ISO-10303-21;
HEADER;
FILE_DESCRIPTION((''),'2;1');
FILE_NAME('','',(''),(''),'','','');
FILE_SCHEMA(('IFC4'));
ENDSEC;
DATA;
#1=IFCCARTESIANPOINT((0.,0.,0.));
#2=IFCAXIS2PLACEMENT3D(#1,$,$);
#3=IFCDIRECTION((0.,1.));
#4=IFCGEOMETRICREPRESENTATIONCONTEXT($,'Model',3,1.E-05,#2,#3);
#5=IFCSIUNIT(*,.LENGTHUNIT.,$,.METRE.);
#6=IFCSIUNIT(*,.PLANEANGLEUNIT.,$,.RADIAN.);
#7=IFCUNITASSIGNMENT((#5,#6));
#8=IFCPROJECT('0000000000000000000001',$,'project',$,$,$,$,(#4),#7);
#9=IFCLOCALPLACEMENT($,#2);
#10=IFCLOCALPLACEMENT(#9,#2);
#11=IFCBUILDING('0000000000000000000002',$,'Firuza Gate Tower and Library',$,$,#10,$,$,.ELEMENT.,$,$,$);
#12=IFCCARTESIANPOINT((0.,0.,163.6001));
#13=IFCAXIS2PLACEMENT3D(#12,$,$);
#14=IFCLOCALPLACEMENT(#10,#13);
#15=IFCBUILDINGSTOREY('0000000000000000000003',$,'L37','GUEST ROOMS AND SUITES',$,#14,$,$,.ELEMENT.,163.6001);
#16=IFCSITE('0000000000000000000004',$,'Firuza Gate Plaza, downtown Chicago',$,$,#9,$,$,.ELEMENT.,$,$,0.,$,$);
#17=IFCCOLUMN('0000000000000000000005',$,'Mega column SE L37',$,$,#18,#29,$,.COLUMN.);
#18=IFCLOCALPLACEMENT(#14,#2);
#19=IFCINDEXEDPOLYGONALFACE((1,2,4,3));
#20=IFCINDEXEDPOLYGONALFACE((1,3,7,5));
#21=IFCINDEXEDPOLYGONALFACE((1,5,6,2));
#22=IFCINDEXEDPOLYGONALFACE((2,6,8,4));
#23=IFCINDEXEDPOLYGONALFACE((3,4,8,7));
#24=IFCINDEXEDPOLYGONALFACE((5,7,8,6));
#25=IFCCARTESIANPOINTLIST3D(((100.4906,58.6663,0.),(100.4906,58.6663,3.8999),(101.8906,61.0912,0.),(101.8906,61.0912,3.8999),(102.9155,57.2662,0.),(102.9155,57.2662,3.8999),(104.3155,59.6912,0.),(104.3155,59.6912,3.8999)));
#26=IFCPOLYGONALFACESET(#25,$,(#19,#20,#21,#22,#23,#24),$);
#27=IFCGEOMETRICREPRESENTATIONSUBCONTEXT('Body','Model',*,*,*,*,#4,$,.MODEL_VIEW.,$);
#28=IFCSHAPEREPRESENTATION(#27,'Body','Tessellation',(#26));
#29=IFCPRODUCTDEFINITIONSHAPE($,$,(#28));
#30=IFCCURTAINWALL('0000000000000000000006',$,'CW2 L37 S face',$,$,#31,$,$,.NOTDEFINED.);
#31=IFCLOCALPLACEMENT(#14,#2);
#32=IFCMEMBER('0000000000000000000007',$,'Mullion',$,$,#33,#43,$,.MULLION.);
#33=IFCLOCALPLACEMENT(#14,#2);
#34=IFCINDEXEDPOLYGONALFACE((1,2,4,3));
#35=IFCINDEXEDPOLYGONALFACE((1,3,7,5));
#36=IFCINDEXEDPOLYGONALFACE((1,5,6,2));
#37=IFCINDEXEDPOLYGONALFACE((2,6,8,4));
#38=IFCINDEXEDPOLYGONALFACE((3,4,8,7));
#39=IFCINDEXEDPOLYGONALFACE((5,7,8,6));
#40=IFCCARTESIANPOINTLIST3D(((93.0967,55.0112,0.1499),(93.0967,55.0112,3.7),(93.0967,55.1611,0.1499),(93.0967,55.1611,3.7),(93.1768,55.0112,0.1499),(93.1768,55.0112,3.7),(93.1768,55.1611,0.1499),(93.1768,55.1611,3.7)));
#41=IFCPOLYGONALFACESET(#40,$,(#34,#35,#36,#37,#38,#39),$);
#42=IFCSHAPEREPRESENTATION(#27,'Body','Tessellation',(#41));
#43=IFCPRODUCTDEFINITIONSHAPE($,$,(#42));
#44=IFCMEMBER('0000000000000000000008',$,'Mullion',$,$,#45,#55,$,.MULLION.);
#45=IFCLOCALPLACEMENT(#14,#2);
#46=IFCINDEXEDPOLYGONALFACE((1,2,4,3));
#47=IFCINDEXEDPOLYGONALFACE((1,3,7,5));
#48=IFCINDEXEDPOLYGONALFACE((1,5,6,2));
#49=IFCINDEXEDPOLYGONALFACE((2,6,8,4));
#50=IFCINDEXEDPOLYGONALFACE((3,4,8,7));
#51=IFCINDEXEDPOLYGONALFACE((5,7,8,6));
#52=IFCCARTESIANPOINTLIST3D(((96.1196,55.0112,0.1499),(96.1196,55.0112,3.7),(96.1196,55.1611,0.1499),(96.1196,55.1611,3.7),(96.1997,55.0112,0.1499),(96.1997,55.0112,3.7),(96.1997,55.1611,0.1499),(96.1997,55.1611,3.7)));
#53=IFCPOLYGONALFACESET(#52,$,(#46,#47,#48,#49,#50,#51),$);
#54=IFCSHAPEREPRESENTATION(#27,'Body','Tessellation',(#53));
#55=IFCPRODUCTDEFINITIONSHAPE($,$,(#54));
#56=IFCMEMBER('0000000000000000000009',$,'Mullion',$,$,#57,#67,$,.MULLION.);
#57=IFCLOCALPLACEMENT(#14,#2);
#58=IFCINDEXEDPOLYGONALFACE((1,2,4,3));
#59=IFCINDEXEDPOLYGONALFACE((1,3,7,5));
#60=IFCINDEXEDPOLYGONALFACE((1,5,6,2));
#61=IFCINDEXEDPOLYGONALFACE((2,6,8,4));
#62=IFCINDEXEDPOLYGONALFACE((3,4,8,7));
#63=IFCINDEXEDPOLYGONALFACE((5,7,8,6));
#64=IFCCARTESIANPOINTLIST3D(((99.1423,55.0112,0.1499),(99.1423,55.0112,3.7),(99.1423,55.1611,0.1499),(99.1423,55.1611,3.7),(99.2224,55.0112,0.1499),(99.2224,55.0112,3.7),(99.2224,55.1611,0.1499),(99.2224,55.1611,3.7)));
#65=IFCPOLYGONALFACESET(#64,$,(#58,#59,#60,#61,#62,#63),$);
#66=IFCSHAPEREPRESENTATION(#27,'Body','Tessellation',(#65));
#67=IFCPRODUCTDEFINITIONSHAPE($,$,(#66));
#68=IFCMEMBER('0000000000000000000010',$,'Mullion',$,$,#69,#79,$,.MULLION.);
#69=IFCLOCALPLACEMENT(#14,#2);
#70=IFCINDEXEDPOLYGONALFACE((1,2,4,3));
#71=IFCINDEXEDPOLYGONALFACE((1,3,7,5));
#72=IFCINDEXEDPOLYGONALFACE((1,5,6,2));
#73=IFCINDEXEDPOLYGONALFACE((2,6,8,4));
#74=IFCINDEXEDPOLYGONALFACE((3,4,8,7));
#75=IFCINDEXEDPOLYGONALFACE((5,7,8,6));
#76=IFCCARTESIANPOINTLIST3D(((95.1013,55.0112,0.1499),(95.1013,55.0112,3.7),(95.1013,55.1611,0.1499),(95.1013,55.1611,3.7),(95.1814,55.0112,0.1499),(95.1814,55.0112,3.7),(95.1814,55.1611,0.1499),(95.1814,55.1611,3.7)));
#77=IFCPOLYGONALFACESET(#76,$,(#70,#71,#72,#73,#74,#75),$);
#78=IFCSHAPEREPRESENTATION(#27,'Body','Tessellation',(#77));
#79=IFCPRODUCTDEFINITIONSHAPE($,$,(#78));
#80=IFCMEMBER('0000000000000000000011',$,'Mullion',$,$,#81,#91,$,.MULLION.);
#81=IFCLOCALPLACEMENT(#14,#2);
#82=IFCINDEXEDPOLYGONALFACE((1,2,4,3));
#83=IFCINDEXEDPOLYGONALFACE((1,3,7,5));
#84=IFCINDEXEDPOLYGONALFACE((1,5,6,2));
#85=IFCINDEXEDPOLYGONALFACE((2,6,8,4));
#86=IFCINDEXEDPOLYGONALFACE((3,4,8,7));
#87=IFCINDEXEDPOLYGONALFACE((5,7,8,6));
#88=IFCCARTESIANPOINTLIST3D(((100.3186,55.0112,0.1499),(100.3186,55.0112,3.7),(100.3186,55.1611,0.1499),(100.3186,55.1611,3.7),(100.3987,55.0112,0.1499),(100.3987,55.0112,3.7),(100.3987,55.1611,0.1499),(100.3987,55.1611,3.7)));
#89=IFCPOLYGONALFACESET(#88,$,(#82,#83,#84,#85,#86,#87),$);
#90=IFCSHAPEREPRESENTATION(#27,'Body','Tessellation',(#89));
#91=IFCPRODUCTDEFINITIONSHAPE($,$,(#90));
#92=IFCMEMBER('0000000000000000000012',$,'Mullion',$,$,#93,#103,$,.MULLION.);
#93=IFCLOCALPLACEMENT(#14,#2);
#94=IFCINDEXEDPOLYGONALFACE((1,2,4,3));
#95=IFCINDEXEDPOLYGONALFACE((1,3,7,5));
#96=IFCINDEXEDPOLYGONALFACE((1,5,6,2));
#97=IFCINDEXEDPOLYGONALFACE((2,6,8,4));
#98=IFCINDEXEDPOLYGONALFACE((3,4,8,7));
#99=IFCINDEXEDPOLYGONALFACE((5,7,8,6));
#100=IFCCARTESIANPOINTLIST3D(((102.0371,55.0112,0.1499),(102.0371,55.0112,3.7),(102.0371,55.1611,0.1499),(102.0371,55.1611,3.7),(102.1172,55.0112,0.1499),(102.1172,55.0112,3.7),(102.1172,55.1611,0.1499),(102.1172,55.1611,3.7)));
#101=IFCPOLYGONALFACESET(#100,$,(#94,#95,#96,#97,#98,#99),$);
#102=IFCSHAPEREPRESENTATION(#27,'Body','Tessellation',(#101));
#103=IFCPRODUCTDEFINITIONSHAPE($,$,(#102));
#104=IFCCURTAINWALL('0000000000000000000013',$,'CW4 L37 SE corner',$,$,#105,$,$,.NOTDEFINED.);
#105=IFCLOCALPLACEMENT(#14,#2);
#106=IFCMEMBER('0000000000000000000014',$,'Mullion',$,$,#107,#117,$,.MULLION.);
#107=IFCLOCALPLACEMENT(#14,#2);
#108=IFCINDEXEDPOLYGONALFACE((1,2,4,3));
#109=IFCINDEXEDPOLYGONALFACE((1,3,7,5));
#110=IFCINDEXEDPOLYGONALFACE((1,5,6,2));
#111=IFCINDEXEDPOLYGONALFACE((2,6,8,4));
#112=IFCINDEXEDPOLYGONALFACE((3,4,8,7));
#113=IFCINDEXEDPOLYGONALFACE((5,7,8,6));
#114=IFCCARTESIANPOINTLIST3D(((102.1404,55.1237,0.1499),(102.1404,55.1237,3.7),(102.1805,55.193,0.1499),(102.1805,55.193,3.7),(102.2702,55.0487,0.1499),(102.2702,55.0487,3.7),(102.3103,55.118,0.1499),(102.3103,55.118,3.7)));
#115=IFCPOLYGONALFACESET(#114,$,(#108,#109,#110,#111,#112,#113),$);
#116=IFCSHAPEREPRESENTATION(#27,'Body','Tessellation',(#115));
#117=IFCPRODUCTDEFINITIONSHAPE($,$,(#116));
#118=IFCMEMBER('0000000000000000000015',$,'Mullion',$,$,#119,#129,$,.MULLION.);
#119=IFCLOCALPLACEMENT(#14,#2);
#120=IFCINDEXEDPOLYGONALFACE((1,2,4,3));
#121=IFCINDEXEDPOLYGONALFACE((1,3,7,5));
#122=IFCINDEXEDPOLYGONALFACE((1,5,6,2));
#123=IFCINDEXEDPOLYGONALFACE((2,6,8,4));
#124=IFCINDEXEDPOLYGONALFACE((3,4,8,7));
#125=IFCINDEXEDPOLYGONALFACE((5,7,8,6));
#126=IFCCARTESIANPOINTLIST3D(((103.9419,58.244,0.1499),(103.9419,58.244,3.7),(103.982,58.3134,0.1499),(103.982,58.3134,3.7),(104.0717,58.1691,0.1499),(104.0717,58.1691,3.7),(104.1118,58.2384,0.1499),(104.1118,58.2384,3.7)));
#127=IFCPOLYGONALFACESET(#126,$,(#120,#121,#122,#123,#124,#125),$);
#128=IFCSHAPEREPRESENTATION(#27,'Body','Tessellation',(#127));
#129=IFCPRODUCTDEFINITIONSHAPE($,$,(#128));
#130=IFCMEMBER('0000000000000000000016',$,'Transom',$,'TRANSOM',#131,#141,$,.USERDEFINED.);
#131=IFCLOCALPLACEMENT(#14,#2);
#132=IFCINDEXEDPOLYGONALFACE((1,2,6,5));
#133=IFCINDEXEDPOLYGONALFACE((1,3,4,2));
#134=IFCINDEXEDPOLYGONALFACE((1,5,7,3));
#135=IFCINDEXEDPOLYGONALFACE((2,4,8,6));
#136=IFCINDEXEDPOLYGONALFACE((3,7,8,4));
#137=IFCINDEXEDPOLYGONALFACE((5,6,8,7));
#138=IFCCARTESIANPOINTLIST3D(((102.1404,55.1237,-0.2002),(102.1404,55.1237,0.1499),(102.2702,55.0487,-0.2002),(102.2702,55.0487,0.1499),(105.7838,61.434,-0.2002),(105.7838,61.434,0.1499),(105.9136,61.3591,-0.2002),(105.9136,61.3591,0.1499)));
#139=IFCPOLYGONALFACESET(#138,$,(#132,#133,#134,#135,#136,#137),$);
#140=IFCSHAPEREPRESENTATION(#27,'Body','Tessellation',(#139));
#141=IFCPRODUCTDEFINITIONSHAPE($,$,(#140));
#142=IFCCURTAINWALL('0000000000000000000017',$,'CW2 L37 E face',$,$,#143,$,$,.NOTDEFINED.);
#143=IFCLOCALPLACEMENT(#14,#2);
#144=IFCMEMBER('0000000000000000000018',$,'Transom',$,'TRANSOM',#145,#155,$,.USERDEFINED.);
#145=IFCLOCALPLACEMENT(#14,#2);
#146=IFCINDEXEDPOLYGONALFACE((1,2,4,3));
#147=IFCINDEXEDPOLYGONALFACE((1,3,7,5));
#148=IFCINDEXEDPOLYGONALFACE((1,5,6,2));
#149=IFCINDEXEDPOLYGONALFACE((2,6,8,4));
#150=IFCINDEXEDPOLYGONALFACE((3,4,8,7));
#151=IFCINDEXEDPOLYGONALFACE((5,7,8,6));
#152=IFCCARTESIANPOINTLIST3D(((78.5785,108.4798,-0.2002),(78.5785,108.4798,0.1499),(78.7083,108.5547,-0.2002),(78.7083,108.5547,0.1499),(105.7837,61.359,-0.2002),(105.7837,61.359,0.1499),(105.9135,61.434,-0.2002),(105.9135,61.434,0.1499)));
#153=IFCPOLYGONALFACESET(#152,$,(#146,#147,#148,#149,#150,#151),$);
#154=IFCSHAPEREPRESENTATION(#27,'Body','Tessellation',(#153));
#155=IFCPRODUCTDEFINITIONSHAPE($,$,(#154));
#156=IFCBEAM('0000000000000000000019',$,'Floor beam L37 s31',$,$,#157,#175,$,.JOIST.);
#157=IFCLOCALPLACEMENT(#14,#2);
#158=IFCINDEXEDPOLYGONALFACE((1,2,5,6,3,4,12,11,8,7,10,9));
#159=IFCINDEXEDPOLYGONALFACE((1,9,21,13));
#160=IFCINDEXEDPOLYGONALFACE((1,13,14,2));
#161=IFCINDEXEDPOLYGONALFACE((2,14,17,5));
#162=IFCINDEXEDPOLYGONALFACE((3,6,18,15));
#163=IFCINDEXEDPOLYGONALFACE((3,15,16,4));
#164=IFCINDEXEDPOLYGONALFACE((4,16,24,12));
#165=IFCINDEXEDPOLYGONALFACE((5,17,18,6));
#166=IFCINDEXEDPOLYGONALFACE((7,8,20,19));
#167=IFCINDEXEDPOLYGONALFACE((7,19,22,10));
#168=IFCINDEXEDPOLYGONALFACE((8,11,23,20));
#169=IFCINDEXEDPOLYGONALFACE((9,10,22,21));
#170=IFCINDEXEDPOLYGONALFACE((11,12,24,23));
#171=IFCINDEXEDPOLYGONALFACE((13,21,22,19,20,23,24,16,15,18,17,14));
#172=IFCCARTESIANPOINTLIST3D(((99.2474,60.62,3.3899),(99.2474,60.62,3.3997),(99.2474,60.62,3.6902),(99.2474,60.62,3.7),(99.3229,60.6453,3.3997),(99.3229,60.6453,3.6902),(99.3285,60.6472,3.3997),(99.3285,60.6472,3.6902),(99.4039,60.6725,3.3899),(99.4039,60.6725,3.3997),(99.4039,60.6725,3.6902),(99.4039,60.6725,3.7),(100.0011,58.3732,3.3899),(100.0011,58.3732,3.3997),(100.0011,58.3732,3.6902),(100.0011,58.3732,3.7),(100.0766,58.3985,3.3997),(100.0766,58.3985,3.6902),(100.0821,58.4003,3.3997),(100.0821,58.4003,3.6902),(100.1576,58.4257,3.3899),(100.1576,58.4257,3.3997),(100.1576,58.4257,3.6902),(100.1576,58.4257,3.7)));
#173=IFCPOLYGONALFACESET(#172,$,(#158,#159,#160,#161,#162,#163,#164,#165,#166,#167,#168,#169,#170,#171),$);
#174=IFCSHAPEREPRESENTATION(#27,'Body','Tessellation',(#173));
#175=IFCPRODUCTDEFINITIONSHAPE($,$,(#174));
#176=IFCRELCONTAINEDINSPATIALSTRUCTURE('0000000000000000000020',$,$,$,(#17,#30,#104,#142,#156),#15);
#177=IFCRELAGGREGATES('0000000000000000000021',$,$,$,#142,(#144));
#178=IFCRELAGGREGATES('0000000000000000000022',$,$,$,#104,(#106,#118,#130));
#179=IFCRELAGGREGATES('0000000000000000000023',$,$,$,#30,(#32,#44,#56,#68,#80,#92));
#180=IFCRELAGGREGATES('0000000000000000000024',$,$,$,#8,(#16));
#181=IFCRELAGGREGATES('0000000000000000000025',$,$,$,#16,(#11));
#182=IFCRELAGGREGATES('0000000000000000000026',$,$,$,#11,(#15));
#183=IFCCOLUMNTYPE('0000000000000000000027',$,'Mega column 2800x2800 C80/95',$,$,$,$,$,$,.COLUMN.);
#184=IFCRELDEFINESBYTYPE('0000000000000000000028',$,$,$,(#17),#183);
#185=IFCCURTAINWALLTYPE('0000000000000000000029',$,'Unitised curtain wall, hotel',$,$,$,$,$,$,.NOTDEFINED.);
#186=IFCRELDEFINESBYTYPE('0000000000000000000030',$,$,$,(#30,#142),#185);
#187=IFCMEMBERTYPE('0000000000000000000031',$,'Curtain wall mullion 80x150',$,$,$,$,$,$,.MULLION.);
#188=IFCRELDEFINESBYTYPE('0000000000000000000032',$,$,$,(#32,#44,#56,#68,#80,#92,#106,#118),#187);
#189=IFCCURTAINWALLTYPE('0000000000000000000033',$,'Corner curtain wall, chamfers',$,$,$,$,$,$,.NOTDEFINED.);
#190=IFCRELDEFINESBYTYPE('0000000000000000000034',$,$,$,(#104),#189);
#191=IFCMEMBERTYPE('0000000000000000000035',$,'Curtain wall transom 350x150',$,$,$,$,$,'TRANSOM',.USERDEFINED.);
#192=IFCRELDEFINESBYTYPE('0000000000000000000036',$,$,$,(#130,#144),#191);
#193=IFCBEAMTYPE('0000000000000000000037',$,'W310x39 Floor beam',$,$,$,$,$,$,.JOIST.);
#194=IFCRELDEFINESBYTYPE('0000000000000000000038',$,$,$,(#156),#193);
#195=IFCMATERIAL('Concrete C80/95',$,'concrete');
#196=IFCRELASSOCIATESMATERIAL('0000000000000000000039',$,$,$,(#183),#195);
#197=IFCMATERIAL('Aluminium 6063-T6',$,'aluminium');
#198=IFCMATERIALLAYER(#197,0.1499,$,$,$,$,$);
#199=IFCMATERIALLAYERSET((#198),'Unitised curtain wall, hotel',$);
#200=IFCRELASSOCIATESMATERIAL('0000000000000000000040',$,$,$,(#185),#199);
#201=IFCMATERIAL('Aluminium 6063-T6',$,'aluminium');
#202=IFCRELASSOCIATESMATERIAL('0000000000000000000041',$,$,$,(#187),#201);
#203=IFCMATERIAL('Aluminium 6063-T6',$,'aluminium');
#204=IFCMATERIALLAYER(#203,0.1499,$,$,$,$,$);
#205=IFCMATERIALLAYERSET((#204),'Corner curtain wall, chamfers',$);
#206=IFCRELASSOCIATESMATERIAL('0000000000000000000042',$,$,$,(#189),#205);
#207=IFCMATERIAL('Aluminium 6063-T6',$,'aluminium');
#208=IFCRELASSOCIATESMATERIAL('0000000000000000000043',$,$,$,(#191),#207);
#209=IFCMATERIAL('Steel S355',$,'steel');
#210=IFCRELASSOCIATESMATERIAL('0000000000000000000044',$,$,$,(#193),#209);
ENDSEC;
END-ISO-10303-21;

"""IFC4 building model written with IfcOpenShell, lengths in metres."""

from ifc_helpers import new_model, si_unit, direction, frame, origin, origin_2d, place, context, subcontext, project, spatial, rectangle, i_section, extrude, material, layer, layer_set, material_profile, profile_set, type_object, element, aggregate, save


model = new_model("IFC4")

# Units and contexts
model_context = context("Model", 3, precision=1e-05, world=origin(), true_north=direction((0.0, 1.0)))
body_context = subcontext(model_context, "Body", "Model", "MODEL_VIEW")
ifc_project = project(units=[si_unit("LENGTHUNIT", "METRE"), si_unit("PLANEANGLEUNIT", "RADIAN")], contexts=[model_context])

# Site, building, storey
site_placement = place(None, origin())
site = spatial("IfcSite", under=ifc_project, at=site_placement, Name="Firuza Gate Plaza, downtown Chicago", CompositionType="ELEMENT", RefElevation=0.0)
building_placement = place(site_placement, origin())
building = spatial("IfcBuilding", under=site, at=building_placement, Name="Firuza Gate Tower and Library", CompositionType="ELEMENT")
storey_placement = place(building_placement, frame((0.0, 0.0, 163.6001)))
storey = spatial("IfcBuildingStorey", under=building, at=storey_placement, Name="L37", Description="GUEST ROOMS AND SUITES", CompositionType="ELEMENT", Elevation=163.6001)

# Column
ifc_material_1 = material(Name="Concrete C80/95", Category="concrete")
ifc_material_profile_1 = material_profile(ifc_material_1, rectangle(XDim=2.8, YDim=2.8, at=origin_2d()))
ifc_profile_set_1 = profile_set([ifc_material_profile_1], Name="Concrete C80/95")
column_type = type_object("IfcColumnType", Name="Mega column 2800x2800 C80/95", PredefinedType="COLUMN", material=ifc_profile_set_1)
column_placement = place(storey_placement, frame((102.4031, 59.1787, 0.0), z_axis=(0.0, 0.0, 1.0), x_axis=(0.5, 0.866025, 0.0)))
element("IfcColumn", 1, at=column_placement, inside=storey, type_object=column_type, Name="Mega column SE L37", PredefinedType="COLUMN", context=body_context, shape_type="SweptSolid", body=[
    extrude(rectangle(XDim=2.8, YDim=2.8, at=origin_2d()), origin(), (0.0, 0.0, 1.0), 3.8999),
])

# Curtain walls, members
ifc_material_2 = material(Name="Aluminium 6063-T6", Category="aluminium")
ifc_layer_1 = layer(ifc_material_2, 0.1499)
ifc_layer_set_1 = layer_set([ifc_layer_1], Name="Unitised curtain wall, hotel")
curtain_wall_type_1 = type_object("IfcCurtainWallType", Name="Unitised curtain wall, hotel", PredefinedType="NOTDEFINED", material=ifc_layer_set_1)
placement = place(storey_placement, origin())
curtain_wall_1 = element("IfcCurtainWall", 2, at=placement, inside=storey, type_object=curtain_wall_type_1, Name="CW2 L37 S face", PredefinedType="NOTDEFINED")
ifc_material_3 = material(Name="Aluminium 6063-T6", Category="aluminium")
ifc_material_profile_2 = material_profile(ifc_material_3, rectangle(XDim=0.1499, YDim=0.0801, at=origin_2d()))
ifc_profile_set_2 = profile_set([ifc_material_profile_2], Name="Aluminium 6063-T6")
member_type_1 = type_object("IfcMemberType", Name="Curtain wall mullion 80x150", PredefinedType="MULLION", material=ifc_profile_set_2)
member_1_placement = place(storey_placement, frame((93.1367, 55.0862, 0.1499), z_axis=(0.0, 0.0, 1.0), x_axis=(0.0, 1.0, 0.0)))
member_1 = element("IfcMember", 3, at=member_1_placement, type_object=member_type_1, Name="Mullion", PredefinedType="MULLION", context=body_context, shape_type="SweptSolid", body=[
    extrude(rectangle(XDim=0.1499, YDim=0.0801, at=origin_2d()), origin(), (0.0, 0.0, 1.0), 3.55),
])
member_2_placement = place(storey_placement, frame((96.1597, 55.0862, 0.1499), z_axis=(0.0, 0.0, 1.0), x_axis=(0.0, 1.0, 0.0)))
member_2 = element("IfcMember", 4, at=member_2_placement, type_object=member_type_1, Name="Mullion", PredefinedType="MULLION", context=body_context, shape_type="SweptSolid", body=[
    extrude(rectangle(XDim=0.1499, YDim=0.0801, at=origin_2d()), origin(), (0.0, 0.0, 1.0), 3.55),
])
member_3_placement = place(storey_placement, frame((99.1824, 55.0862, 0.1499), z_axis=(0.0, 0.0, 1.0), x_axis=(0.0, 1.0, 0.0)))
member_3 = element("IfcMember", 5, at=member_3_placement, type_object=member_type_1, Name="Mullion", PredefinedType="MULLION", context=body_context, shape_type="SweptSolid", body=[
    extrude(rectangle(XDim=0.1499, YDim=0.0801, at=origin_2d()), origin(), (0.0, 0.0, 1.0), 3.55),
])
member_4_placement = place(storey_placement, frame((95.1414, 55.0862, 0.1499), z_axis=(0.0, 0.0, 1.0), x_axis=(0.0, 1.0, 0.0)))
member_4 = element("IfcMember", 6, at=member_4_placement, type_object=member_type_1, Name="Mullion", PredefinedType="MULLION", context=body_context, shape_type="SweptSolid", body=[
    extrude(rectangle(XDim=0.1499, YDim=0.0801, at=origin_2d()), origin(), (0.0, 0.0, 1.0), 3.55),
])
member_5_placement = place(storey_placement, frame((100.3586, 55.0862, 0.1499), z_axis=(0.0, 0.0, 1.0), x_axis=(0.0, 1.0, 0.0)))
member_5 = element("IfcMember", 7, at=member_5_placement, type_object=member_type_1, Name="Mullion", PredefinedType="MULLION", context=body_context, shape_type="SweptSolid", body=[
    extrude(rectangle(XDim=0.1499, YDim=0.0801, at=origin_2d()), origin(), (0.0, 0.0, 1.0), 3.55),
])
member_6_placement = place(storey_placement, frame((102.0771, 55.0862, 0.1499), z_axis=(0.0, 0.0, 1.0), x_axis=(0.0, 1.0, 0.0)))
member_6 = element("IfcMember", 8, at=member_6_placement, type_object=member_type_1, Name="Mullion", PredefinedType="MULLION", context=body_context, shape_type="SweptSolid", body=[
    extrude(rectangle(XDim=0.1499, YDim=0.0801, at=origin_2d()), origin(), (0.0, 0.0, 1.0), 3.55),
])
ifc_material_4 = material(Name="Aluminium 6063-T6", Category="aluminium")
ifc_layer_2 = layer(ifc_material_4, 0.1499)
ifc_layer_set_2 = layer_set([ifc_layer_2], Name="Corner curtain wall, chamfers")
curtain_wall_type_2 = type_object("IfcCurtainWallType", Name="Corner curtain wall, chamfers", PredefinedType="NOTDEFINED", material=ifc_layer_set_2)
curtain_wall_2 = element("IfcCurtainWall", 9, at=placement, inside=storey, type_object=curtain_wall_type_2, Name="CW4 L37 SE corner", PredefinedType="NOTDEFINED")
member_7_placement = place(storey_placement, frame((102.2253, 55.1208, 0.1499), z_axis=(0.0, 0.0, 1.0), x_axis=(-0.866025, 0.5, 0.0)))
member_7 = element("IfcMember", 10, at=member_7_placement, type_object=member_type_1, Name="Mullion", PredefinedType="MULLION", context=body_context, shape_type="SweptSolid", body=[
    extrude(rectangle(XDim=0.1499, YDim=0.0801, at=origin_2d()), origin(), (0.0, 0.0, 1.0), 3.55),
])
member_8_placement = place(storey_placement, frame((104.0269, 58.2412, 0.1499), z_axis=(0.0, 0.0, 1.0), x_axis=(-0.866025, 0.5, 0.0)))
member_8 = element("IfcMember", 11, at=member_8_placement, type_object=member_type_1, Name="Mullion", PredefinedType="MULLION", context=body_context, shape_type="SweptSolid", body=[
    extrude(rectangle(XDim=0.1499, YDim=0.0801, at=origin_2d()), origin(), (0.0, 0.0, 1.0), 3.55),
])
ifc_material_5 = material(Name="Aluminium 6063-T6", Category="aluminium")
ifc_material_profile_3 = material_profile(ifc_material_5, rectangle(XDim=0.1499, YDim=0.3501, at=origin_2d()))
ifc_profile_set_3 = profile_set([ifc_material_profile_3], Name="Aluminium 6063-T6")
member_type_2 = type_object("IfcMemberType", Name="Curtain wall transom 350x150", ElementType="TRANSOM", PredefinedType="USERDEFINED", material=ifc_profile_set_3)
member_9_placement = place(storey_placement, frame((102.2053, 55.0862, -0.0251), z_axis=(0.500006, 0.866022, 0.0), x_axis=(-0.866022, 0.500006, 0.0)))
member_9 = element("IfcMember", 12, at=member_9_placement, type_object=member_type_2, Name="Transom", ObjectType="TRANSOM", PredefinedType="USERDEFINED", context=body_context, shape_type="SweptSolid", body=[
    extrude(rectangle(XDim=0.1499, YDim=0.3501, at=origin_2d()), origin(), (0.0, 0.0, 1.0), 7.2866),
])

# Curtain wall, member
curtain_wall_3 = element("IfcCurtainWall", 13, at=placement, inside=storey, type_object=curtain_wall_type_1, Name="CW2 L37 E face", PredefinedType="NOTDEFINED")
member_10_placement = place(storey_placement, frame((105.8486, 61.3965, -0.0251), z_axis=(-0.500001, 0.866025, 0.0), x_axis=(-0.866025, -0.500001, 0.0)))
member_10 = element("IfcMember", 14, at=member_10_placement, type_object=member_type_2, Name="Transom", ObjectType="TRANSOM", PredefinedType="USERDEFINED", context=body_context, shape_type="SweptSolid", body=[
    extrude(rectangle(XDim=0.1499, YDim=0.3501, at=origin_2d()), origin(), (0.0, 0.0, 1.0), 54.4104),
])
aggregate(curtain_wall_3, [member_10])

# Beam
ifc_material_6 = material(Name="Steel S355", Category="steel")
ifc_material_profile_4 = material_profile(ifc_material_6, i_section(OverallWidth=0.165, OverallDepth=0.3101, WebThickness=0.0059, FlangeThickness=0.0098, at=origin_2d()))
ifc_profile_set_4 = profile_set([ifc_material_profile_4], Name="Steel S355")
beam_type_1 = type_object("IfcBeamType", Name="W310x39 Floor beam", PredefinedType="JOIST", material=ifc_profile_set_4)
beam_1_placement = place(storey_placement, frame((100.0793, 58.3994, 3.5449), z_axis=(-0.31802, 0.948084, 0.0), x_axis=(-0.948084, -0.31802, 0.0)))
element("IfcBeam", 15, at=beam_1_placement, inside=storey, type_object=beam_type_1, Name="Floor beam L37 s31", PredefinedType="JOIST", context=body_context, shape_type="SweptSolid", body=[
    extrude(i_section(OverallWidth=0.165, OverallDepth=0.3101, WebThickness=0.0059, FlangeThickness=0.0098, at=origin_2d()), origin(), (0.0, 0.0, 1.0), 2.3699),
])

aggregate(curtain_wall_2, [member_7, member_8, member_9])
aggregate(curtain_wall_1, [member_1, member_2, member_3, member_4, member_5, member_6])

save(model, "model.ifc")
